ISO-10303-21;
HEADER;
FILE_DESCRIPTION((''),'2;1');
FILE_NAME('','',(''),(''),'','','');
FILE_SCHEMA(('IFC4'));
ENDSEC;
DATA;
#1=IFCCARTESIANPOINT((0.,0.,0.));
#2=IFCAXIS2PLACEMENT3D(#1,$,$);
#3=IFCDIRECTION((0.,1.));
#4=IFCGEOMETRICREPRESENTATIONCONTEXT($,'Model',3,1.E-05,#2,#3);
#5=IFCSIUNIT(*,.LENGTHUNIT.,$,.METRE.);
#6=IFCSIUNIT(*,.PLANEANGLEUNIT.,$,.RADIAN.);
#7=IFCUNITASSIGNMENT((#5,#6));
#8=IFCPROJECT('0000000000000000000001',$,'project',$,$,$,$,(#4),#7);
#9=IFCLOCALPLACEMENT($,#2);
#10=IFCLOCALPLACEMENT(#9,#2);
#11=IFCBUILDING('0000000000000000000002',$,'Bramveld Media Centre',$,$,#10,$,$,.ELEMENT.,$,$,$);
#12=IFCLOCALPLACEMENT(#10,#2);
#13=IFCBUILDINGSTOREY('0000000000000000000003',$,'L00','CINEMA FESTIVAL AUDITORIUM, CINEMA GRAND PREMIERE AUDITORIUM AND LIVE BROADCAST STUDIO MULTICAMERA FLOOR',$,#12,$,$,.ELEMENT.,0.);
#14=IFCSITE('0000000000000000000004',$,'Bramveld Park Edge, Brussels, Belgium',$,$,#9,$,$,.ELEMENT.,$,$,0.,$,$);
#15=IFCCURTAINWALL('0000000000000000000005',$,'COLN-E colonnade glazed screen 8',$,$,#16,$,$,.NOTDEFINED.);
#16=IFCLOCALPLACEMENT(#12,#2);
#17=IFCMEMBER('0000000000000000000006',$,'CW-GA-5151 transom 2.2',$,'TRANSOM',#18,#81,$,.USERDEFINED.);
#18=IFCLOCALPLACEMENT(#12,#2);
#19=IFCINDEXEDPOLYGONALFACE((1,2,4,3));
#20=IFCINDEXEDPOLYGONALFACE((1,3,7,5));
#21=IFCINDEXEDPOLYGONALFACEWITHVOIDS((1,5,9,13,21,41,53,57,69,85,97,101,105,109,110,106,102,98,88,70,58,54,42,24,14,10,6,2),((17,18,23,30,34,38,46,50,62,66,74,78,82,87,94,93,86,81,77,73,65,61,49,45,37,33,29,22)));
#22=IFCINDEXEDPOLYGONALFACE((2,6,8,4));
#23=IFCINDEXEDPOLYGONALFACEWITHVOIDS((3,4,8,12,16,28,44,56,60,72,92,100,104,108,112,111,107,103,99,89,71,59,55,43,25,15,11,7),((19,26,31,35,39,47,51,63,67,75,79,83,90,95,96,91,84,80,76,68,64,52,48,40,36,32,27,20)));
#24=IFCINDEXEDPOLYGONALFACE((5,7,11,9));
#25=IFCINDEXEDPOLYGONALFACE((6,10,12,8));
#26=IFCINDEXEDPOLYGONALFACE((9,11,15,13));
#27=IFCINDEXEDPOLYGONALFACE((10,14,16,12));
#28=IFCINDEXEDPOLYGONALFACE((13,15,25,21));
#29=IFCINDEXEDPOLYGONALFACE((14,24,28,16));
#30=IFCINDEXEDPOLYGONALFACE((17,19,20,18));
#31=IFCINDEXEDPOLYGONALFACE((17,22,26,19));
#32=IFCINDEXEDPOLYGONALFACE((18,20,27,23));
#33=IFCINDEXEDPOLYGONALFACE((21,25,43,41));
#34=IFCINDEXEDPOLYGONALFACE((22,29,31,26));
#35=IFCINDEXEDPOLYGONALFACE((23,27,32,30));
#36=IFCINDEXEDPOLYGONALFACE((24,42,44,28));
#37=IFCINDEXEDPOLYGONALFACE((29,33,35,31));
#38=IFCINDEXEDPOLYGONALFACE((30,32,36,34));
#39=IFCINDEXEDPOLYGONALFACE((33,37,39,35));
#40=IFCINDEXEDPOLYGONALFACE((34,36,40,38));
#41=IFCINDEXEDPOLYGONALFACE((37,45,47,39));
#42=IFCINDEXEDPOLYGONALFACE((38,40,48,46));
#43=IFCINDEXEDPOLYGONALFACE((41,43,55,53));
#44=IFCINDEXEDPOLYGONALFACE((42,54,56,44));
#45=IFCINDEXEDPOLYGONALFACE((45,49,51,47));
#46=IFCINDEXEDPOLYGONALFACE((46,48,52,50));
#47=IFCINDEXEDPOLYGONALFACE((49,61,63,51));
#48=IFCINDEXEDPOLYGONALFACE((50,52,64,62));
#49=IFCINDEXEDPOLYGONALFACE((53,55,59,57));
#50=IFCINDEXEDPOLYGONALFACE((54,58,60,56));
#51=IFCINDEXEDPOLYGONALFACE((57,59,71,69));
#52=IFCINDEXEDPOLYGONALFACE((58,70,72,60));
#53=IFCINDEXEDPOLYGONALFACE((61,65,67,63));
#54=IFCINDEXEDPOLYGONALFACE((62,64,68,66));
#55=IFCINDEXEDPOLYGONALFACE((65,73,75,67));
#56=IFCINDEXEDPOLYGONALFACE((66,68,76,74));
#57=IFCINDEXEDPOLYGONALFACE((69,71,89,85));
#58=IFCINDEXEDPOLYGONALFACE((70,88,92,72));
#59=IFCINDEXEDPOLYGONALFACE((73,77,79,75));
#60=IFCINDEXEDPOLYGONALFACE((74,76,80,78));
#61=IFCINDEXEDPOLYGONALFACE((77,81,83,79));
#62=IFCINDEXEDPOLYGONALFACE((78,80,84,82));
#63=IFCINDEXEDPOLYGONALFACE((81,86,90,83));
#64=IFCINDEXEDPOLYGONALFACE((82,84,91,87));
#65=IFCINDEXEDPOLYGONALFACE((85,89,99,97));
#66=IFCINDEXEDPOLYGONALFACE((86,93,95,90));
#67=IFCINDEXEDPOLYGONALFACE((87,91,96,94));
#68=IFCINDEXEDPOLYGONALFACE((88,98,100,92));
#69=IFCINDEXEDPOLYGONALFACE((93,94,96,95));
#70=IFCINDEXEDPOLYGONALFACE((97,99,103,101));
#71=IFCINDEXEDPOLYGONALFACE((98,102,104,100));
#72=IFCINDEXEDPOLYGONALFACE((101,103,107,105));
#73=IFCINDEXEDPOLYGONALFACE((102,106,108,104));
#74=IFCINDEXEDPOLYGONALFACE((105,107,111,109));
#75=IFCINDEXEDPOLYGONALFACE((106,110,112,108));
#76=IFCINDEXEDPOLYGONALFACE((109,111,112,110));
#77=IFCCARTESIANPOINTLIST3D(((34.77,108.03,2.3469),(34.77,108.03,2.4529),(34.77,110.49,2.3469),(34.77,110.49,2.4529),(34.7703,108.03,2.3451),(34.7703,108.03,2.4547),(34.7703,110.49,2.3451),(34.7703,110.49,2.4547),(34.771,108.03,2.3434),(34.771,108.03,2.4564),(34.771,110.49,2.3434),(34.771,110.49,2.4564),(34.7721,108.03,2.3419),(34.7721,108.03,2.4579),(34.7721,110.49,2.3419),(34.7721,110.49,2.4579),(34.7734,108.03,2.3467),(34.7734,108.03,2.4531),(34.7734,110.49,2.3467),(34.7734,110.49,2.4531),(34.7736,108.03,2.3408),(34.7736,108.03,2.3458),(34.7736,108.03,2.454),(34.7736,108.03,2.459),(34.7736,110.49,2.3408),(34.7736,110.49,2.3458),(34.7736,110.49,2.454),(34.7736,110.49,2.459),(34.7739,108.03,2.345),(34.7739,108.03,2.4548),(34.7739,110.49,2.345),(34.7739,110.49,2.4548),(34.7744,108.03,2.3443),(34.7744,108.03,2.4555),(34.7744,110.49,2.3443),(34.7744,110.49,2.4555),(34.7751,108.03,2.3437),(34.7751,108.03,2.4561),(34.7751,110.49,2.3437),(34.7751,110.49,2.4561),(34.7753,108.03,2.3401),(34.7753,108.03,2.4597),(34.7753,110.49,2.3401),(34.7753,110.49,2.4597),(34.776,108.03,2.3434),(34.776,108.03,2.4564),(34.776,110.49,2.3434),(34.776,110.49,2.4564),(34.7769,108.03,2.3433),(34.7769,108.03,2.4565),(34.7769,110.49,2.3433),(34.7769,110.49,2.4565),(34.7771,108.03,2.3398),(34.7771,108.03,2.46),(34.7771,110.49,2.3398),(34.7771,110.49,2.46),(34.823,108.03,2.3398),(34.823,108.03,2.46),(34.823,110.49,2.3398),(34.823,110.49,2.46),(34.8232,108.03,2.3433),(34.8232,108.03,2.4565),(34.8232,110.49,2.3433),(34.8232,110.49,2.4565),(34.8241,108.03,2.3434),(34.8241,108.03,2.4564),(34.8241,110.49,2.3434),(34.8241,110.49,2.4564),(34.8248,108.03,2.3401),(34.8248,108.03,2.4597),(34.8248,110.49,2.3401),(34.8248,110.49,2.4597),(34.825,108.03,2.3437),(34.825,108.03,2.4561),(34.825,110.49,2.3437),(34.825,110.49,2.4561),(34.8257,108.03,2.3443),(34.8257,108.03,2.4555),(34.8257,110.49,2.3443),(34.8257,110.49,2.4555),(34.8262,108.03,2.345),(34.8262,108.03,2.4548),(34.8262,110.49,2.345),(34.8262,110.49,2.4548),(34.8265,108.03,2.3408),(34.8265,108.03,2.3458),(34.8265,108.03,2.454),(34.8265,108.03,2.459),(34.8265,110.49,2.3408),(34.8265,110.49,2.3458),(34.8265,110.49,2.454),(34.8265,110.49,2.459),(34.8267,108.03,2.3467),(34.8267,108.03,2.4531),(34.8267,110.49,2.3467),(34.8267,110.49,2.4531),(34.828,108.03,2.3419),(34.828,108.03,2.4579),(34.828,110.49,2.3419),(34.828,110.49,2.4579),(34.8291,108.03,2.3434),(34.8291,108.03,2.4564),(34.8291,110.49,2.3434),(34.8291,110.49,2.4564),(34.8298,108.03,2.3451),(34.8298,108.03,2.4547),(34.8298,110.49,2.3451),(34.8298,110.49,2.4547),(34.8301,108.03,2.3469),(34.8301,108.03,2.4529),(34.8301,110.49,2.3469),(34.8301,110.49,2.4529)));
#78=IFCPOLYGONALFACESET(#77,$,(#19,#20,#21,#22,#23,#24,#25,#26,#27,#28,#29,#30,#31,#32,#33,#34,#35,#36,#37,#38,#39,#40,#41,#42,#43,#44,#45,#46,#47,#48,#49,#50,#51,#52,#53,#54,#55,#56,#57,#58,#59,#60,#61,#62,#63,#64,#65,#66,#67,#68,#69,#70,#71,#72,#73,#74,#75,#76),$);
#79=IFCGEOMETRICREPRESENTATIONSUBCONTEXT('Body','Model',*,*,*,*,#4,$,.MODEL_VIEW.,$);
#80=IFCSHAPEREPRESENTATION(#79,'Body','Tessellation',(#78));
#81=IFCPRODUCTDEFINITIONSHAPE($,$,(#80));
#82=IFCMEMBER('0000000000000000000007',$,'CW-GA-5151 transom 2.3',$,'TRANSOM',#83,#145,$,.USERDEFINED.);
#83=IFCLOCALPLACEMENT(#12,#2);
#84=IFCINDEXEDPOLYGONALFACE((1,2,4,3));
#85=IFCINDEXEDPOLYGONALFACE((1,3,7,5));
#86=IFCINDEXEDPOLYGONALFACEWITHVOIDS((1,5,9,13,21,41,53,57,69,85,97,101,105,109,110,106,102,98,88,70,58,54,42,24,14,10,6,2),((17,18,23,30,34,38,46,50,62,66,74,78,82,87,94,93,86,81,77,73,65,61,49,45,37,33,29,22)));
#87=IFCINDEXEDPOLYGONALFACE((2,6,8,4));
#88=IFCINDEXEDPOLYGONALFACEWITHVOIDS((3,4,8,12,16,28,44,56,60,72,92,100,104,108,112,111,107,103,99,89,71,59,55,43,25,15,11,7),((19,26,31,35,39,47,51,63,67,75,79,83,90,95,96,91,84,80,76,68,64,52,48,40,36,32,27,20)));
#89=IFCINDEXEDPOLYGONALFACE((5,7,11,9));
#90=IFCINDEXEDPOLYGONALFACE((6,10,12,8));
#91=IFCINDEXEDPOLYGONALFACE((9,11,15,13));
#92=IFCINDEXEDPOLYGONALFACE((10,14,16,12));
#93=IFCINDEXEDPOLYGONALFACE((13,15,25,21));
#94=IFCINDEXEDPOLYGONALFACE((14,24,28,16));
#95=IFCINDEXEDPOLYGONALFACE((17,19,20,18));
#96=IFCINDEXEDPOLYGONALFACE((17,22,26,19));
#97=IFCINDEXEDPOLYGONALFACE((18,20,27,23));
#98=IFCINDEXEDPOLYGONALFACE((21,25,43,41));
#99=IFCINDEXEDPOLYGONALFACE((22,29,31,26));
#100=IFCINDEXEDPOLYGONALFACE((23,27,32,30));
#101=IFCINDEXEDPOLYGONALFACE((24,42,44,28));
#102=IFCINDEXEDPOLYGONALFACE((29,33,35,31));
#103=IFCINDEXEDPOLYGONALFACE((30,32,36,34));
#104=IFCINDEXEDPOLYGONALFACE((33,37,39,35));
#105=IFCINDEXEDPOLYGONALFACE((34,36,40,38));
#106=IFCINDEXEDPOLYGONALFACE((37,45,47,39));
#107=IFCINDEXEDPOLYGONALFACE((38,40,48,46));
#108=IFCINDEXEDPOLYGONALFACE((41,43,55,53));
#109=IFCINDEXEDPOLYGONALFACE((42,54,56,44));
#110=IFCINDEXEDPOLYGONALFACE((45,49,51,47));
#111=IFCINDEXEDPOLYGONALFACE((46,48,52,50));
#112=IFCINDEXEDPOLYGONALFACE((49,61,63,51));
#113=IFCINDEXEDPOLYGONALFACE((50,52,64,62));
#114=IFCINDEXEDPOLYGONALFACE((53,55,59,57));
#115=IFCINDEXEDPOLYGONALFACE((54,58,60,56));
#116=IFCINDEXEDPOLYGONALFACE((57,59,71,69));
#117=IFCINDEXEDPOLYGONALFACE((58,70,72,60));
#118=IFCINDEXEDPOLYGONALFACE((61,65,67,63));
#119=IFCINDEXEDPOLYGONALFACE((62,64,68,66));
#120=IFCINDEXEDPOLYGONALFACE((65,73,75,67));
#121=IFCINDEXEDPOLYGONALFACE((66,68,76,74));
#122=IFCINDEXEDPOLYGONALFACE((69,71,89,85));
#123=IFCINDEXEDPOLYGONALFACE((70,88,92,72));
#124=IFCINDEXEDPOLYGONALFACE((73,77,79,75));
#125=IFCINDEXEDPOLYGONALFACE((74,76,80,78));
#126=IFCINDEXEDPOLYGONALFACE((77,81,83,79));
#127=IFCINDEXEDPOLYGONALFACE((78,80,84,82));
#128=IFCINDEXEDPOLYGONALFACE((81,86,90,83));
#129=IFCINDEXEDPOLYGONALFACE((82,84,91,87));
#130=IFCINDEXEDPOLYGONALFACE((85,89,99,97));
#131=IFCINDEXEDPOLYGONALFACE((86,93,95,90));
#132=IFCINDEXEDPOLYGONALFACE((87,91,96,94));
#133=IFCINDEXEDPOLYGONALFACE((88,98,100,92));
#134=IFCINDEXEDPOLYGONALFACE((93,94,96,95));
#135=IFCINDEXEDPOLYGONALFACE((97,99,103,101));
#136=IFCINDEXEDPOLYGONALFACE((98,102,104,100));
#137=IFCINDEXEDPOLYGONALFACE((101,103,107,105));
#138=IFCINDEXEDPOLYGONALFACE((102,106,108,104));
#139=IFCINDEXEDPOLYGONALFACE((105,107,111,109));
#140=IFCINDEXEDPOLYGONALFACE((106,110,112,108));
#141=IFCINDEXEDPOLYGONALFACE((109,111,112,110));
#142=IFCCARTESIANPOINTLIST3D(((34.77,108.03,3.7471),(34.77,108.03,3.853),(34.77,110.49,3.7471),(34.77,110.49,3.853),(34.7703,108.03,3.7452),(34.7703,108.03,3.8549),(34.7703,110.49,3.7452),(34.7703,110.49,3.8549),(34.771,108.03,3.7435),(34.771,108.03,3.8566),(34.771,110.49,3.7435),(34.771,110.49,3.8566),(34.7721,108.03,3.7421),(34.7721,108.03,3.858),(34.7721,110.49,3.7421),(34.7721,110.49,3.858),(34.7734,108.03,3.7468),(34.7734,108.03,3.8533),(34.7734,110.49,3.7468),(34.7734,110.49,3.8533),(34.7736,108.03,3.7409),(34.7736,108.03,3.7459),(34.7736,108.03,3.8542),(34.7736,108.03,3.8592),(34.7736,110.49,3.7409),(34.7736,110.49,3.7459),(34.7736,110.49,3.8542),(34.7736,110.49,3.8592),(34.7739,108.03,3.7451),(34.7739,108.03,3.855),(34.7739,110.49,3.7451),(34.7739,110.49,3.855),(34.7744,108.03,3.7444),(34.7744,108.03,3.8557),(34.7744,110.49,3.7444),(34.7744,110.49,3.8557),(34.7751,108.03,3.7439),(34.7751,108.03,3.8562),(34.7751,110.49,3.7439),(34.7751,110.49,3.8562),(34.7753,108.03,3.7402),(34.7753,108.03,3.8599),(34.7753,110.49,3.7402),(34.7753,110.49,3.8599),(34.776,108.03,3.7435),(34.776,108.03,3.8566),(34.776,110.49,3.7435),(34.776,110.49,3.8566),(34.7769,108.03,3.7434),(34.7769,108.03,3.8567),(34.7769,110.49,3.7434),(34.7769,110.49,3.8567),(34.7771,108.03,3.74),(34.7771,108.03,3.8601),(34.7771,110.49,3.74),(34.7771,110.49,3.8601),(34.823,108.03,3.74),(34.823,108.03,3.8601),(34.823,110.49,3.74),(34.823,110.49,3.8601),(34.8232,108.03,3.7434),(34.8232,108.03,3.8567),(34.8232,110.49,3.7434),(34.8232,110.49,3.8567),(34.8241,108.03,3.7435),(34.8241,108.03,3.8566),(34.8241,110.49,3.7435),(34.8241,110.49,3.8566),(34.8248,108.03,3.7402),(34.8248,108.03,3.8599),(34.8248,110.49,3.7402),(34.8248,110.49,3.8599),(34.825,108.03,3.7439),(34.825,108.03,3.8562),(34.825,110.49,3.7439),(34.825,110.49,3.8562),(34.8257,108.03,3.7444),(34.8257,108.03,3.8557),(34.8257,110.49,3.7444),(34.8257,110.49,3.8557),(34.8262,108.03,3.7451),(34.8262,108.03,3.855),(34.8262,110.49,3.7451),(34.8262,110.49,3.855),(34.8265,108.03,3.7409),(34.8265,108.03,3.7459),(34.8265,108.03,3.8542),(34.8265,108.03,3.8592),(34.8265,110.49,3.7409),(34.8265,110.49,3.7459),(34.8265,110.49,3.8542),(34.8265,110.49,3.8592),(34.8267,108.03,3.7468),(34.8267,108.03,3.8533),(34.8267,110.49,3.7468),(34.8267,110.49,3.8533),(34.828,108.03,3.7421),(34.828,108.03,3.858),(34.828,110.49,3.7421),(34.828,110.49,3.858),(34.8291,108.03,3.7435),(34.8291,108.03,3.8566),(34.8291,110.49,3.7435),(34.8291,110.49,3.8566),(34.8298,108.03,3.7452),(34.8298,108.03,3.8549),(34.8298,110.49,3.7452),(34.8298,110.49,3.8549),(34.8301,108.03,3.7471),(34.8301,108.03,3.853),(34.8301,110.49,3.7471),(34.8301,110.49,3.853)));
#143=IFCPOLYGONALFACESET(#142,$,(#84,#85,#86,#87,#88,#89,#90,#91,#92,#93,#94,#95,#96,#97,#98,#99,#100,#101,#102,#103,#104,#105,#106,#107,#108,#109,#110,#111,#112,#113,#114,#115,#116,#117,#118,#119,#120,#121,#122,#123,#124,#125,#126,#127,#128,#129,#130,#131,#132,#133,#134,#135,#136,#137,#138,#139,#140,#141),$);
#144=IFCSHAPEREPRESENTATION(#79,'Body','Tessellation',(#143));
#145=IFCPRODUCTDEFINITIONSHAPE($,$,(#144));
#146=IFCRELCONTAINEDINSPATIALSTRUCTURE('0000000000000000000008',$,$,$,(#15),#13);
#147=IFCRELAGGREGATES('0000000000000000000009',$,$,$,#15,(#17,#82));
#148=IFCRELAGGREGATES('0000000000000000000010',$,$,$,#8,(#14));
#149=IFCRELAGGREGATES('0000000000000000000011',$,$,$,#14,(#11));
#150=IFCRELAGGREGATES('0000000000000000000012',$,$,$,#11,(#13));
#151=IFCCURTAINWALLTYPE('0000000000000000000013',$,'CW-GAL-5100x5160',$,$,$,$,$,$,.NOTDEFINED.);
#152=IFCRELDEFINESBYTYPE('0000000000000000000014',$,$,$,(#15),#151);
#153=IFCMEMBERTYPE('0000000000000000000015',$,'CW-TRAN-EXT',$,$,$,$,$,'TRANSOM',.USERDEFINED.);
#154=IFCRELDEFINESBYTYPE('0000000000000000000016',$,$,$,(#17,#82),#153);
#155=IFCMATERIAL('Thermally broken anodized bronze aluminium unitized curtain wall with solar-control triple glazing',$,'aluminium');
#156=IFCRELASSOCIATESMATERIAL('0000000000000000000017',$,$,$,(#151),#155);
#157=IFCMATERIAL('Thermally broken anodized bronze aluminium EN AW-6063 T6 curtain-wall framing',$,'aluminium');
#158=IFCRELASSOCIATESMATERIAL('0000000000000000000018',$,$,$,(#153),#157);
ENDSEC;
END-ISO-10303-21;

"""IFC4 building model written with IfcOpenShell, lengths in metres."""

from ifc_helpers import new_model, si_unit, direction, frame, origin, origin_2d, place, context, subcontext, project, spatial, hollow_rectangle, extrude, material, material_profile, profile_set, type_object, element, aggregate, save


model = new_model("IFC4")

# Units and contexts
model_context = context("Model", 3, precision=1e-05, world=origin(), true_north=direction((0.0, 1.0)))
body_context = subcontext(model_context, "Body", "Model", "MODEL_VIEW")
ifc_project = project(units=[si_unit("LENGTHUNIT", "METRE"), si_unit("PLANEANGLEUNIT", "RADIAN")], contexts=[model_context])

# Site, building, storey
site_placement = place(None, origin())
site = spatial("IfcSite", under=ifc_project, at=site_placement, Name="Bramveld Park Edge, Brussels, Belgium", CompositionType="ELEMENT", RefElevation=0.0)
building_placement = place(site_placement, origin())
building = spatial("IfcBuilding", under=site, at=building_placement, Name="Bramveld Media Centre", CompositionType="ELEMENT")
storey_placement = place(building_placement, origin())
storey = spatial("IfcBuildingStorey", under=building, at=storey_placement, Name="L00", Description="CINEMA FESTIVAL AUDITORIUM, CINEMA GRAND PREMIERE AUDITORIUM AND LIVE BROADCAST STUDIO MULTICAMERA FLOOR", CompositionType="ELEMENT", Elevation=0.0)

# Curtain wall, members
ifc_material_1 = material(Name="Thermally broken anodized bronze aluminium unitized curtain wall with solar-control triple glazing", Category="aluminium")
curtain_wall_type = type_object("IfcCurtainWallType", Name="CW-GAL-5100x5160", PredefinedType="NOTDEFINED", material=ifc_material_1)
curtain_wall_placement = place(storey_placement, origin())
curtain_wall = element("IfcCurtainWall", 1, at=curtain_wall_placement, inside=storey, type_object=curtain_wall_type, Name="COLN-E colonnade glazed screen 8", PredefinedType="NOTDEFINED")
ifc_material_2 = material(Name="Thermally broken anodized bronze aluminium EN AW-6063 T6 curtain-wall framing", Category="aluminium")
ifc_material_profile_1 = material_profile(ifc_material_2, hollow_rectangle(XDim=0.0601, YDim=0.1201, WallThickness=0.0034, InnerFilletRadius=0.0034, OuterFilletRadius=0.0071, at=origin_2d()), Name="AL-TRAN 60x120")
ifc_profile_set_1 = profile_set([ifc_material_profile_1], Name="Thermally broken anodized bronze aluminium EN AW-6063 T6 curtain-wall framing")
member_type_1 = type_object("IfcMemberType", Name="CW-TRAN-EXT", ElementType="TRANSOM", PredefinedType="USERDEFINED", material=ifc_profile_set_1)
member_1_placement = place(storey_placement, frame((34.8, 108.03, 2.3999), z_axis=(0.0, 1.0, 0.0), x_axis=(-1.0, 0.0, 0.0)))
member_1 = element("IfcMember", 2, at=member_1_placement, type_object=member_type_1, Name="CW-GA-5151 transom 2.2", ObjectType="TRANSOM", PredefinedType="USERDEFINED", context=body_context, shape_type="SweptSolid", body=[
    extrude(hollow_rectangle(XDim=0.0601, YDim=0.1201, WallThickness=0.0034, InnerFilletRadius=0.0034, OuterFilletRadius=0.0071, at=origin_2d()), origin(), (0.0, 0.0, 1.0), 2.46),
])
member_2_placement = place(storey_placement, frame((34.8, 108.03, 3.8), z_axis=(0.0, 1.0, 0.0), x_axis=(-1.0, 0.0, 0.0)))
member_2 = element("IfcMember", 3, at=member_2_placement, type_object=member_type_1, Name="CW-GA-5151 transom 2.3", ObjectType="TRANSOM", PredefinedType="USERDEFINED", context=body_context, shape_type="SweptSolid", body=[
    extrude(hollow_rectangle(XDim=0.0601, YDim=0.1201, WallThickness=0.0034, InnerFilletRadius=0.0034, OuterFilletRadius=0.0071, at=origin_2d()), origin(), (0.0, 0.0, 1.0), 2.46),
])

aggregate(curtain_wall, [member_1, member_2])

save(model, "model.ifc")
